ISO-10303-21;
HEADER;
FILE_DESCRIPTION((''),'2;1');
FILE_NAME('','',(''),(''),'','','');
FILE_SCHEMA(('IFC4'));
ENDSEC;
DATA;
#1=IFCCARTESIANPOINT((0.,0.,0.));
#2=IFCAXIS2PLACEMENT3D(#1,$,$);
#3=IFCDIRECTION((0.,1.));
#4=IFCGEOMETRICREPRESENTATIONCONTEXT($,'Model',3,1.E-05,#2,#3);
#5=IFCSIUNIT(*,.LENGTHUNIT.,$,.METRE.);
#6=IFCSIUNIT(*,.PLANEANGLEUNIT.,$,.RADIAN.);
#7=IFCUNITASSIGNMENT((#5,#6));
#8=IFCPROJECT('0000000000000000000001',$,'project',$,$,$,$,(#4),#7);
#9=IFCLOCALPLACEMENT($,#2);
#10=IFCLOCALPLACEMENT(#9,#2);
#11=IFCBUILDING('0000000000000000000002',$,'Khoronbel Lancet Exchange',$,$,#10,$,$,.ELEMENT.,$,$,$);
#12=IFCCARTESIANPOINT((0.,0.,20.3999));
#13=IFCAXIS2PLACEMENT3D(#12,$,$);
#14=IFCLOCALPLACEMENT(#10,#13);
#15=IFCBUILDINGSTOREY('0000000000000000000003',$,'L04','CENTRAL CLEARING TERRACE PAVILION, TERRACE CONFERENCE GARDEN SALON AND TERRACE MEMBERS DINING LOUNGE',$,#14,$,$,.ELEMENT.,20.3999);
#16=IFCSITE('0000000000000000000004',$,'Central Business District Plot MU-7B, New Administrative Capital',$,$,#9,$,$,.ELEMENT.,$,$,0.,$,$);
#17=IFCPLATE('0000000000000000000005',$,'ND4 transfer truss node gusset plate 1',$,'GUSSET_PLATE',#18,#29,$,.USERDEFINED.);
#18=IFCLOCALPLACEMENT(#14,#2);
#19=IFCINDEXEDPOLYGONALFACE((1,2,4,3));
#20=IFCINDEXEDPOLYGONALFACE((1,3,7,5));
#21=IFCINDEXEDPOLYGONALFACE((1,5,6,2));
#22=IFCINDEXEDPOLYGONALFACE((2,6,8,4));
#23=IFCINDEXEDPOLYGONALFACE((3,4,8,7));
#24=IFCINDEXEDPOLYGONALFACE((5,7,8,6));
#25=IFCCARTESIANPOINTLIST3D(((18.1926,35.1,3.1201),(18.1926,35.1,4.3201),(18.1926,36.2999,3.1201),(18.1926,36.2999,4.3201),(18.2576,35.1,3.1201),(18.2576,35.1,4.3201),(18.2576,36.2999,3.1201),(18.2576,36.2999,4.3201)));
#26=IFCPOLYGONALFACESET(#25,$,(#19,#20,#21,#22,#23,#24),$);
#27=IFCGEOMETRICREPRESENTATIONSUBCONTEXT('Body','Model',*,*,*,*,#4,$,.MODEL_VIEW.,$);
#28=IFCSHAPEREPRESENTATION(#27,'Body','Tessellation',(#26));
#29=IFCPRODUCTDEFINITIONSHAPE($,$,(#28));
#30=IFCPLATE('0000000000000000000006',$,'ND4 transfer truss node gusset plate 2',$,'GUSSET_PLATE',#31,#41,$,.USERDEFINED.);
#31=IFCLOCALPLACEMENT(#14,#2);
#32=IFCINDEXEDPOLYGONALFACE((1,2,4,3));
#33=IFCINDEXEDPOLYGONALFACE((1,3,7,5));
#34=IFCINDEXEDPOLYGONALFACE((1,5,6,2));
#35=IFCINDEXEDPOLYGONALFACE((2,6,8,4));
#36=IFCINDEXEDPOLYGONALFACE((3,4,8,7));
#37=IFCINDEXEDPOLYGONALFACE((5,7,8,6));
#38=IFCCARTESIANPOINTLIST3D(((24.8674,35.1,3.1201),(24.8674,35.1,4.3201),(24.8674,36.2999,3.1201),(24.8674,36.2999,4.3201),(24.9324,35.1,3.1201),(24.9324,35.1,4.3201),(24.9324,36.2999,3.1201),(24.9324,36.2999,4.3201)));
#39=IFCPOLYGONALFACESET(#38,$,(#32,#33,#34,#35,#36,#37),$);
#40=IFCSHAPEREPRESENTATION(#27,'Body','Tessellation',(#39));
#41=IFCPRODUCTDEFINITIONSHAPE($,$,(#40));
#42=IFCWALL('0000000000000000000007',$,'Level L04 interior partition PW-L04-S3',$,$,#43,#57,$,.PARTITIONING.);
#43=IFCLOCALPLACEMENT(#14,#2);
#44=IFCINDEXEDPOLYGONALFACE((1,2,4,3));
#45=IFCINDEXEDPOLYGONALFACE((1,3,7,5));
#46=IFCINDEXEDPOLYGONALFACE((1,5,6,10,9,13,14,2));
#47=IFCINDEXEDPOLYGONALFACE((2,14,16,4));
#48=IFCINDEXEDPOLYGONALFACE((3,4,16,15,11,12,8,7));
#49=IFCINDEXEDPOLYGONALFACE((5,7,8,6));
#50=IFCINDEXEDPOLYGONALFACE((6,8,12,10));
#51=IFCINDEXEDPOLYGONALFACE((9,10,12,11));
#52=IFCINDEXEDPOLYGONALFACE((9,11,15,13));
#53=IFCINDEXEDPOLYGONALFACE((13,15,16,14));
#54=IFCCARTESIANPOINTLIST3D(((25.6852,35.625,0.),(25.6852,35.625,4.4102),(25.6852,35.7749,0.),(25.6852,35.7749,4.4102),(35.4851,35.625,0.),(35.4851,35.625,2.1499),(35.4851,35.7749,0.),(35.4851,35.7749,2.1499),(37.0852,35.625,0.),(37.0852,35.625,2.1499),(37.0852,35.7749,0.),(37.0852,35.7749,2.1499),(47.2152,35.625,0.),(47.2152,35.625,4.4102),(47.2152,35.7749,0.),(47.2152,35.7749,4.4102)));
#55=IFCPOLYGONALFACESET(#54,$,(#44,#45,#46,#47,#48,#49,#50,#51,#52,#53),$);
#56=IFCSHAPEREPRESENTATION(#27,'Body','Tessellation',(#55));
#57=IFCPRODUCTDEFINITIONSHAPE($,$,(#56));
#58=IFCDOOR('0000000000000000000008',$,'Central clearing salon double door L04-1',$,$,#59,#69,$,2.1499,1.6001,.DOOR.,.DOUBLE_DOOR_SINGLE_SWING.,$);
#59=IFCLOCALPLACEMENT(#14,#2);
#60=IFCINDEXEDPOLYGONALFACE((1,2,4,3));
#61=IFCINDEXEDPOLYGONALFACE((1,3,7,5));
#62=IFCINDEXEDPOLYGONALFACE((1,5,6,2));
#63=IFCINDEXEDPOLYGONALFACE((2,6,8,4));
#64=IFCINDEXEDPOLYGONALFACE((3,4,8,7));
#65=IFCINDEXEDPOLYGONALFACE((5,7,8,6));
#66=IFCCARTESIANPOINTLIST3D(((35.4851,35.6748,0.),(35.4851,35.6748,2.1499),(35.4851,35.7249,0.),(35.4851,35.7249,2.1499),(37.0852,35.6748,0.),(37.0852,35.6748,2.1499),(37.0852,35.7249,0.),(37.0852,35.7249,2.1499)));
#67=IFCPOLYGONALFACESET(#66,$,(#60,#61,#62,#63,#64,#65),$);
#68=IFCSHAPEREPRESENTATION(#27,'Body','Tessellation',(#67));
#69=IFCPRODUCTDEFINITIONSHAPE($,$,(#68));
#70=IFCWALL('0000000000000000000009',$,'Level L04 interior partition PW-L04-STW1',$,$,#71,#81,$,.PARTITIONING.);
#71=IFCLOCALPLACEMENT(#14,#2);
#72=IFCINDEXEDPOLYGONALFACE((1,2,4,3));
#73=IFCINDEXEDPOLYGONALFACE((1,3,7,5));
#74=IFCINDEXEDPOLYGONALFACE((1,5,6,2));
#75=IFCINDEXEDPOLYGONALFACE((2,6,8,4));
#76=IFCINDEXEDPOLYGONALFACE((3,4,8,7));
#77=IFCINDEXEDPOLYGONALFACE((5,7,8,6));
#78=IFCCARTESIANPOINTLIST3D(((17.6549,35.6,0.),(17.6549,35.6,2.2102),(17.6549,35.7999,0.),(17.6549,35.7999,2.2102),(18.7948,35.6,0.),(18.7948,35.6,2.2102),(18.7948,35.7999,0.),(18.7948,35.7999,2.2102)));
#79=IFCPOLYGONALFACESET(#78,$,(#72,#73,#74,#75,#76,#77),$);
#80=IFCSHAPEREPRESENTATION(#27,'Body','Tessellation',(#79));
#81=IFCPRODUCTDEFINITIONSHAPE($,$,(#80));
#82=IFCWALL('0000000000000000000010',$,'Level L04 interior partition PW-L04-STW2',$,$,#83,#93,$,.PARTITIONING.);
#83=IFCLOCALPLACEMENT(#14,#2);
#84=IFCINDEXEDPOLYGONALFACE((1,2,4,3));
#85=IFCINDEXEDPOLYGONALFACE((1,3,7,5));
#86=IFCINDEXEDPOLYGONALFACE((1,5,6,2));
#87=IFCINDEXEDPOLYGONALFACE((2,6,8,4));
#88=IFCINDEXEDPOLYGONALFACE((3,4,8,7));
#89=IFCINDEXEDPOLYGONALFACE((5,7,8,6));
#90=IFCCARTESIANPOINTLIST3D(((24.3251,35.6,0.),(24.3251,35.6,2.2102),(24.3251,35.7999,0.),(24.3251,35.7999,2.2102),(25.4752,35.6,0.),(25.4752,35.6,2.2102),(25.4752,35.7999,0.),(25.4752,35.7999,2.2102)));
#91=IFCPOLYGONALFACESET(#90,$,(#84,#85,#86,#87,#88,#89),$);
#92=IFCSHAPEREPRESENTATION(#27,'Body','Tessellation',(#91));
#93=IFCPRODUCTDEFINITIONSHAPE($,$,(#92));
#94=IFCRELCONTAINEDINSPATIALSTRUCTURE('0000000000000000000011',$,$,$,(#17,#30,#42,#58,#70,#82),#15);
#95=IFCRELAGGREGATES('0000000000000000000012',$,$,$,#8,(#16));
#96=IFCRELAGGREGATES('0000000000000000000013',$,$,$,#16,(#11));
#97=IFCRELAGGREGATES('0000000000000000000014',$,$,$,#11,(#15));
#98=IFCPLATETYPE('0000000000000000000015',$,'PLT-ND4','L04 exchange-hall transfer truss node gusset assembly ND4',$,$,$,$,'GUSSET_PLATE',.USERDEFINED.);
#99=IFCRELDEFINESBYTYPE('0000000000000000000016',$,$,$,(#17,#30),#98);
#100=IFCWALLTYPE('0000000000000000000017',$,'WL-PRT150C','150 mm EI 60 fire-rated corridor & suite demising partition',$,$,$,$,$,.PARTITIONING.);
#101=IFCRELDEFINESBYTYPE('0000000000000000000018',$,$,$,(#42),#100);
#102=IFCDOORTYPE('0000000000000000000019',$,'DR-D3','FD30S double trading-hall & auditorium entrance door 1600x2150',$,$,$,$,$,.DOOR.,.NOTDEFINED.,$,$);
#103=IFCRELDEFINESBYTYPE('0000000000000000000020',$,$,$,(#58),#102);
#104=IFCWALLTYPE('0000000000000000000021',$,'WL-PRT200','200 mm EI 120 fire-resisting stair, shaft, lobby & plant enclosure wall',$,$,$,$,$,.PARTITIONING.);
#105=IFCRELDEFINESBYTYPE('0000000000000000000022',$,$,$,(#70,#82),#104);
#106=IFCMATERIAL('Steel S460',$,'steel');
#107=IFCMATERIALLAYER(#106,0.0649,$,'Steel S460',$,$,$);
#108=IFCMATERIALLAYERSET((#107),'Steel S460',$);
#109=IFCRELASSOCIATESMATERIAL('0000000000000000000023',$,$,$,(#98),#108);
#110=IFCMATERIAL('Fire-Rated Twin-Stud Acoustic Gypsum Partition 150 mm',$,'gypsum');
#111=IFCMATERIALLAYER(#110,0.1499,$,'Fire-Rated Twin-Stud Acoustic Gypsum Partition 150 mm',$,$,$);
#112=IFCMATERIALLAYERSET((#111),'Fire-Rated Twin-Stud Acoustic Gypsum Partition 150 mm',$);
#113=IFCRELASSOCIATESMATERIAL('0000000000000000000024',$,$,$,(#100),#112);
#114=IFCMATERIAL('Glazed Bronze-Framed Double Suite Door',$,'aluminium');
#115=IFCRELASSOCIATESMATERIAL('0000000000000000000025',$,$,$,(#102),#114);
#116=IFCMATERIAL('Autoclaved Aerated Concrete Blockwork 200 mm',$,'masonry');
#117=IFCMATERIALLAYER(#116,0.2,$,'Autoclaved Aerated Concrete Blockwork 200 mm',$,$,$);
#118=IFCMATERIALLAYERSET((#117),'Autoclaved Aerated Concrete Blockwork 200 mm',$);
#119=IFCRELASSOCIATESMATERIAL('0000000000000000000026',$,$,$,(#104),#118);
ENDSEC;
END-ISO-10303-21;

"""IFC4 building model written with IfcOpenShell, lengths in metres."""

from ifc_helpers import new_model, si_unit, direction, frame, frame_2d, origin, origin_2d, place, context, subcontext, project, spatial, rectangle, extrude, material, layer, layer_set, type_object, element, fill, save


model = new_model("IFC4")

# Units and contexts
model_context = context("Model", 3, precision=1e-05, world=origin(), true_north=direction((0.0, 1.0)))
body_context = subcontext(model_context, "Body", "Model", "MODEL_VIEW")
ifc_project = project(units=[si_unit("LENGTHUNIT", "METRE"), si_unit("PLANEANGLEUNIT", "RADIAN")], contexts=[model_context])

# Site, building, storey
site_placement = place(None, origin())
site = spatial("IfcSite", under=ifc_project, at=site_placement, Name="Central Business District Plot MU-7B, New Administrative Capital", CompositionType="ELEMENT", RefElevation=0.0)
building_placement = place(site_placement, origin())
building = spatial("IfcBuilding", under=site, at=building_placement, Name="Khoronbel Lancet Exchange", CompositionType="ELEMENT")
storey_placement = place(building_placement, frame((0.0, 0.0, 20.3999)))
storey = spatial("IfcBuildingStorey", under=building, at=storey_placement, Name="L04", Description="CENTRAL CLEARING TERRACE PAVILION, TERRACE CONFERENCE GARDEN SALON AND TERRACE MEMBERS DINING LOUNGE", CompositionType="ELEMENT", Elevation=20.3999)

# Shared definitions
ifc_material_1 = material(Name="Steel S460", Category="steel")

# Plates
ifc_layer_1 = layer(ifc_material_1, 0.0649, Name="Steel S460")
ifc_layer_set_1 = layer_set([ifc_layer_1], Name="Steel S460")
plate_type_1 = type_object("IfcPlateType", Name="PLT-ND4", Description="L04 exchange-hall transfer truss node gusset assembly ND4", ElementType="GUSSET_PLATE", PredefinedType="USERDEFINED", material=ifc_layer_set_1)
for number, where, z_axis, x_axis, name in (
    (1, (18.2251, 35.7, 3.1201), (0.0, 0.0, 1.0), (1.0, 0.0, 0.0), "ND4 transfer truss node gusset plate 1"),
    (2, (24.8999, 35.7, 3.1201), (0.0, 0.0, 1.0), (1.0, 0.0, 0.0), "ND4 transfer truss node gusset plate 2"),
):
    element("IfcPlate", number, at=place(storey_placement, frame(where, z_axis=z_axis, x_axis=x_axis)), inside=storey, type_object=plate_type_1, Name=name, ObjectType="GUSSET_PLATE", PredefinedType="USERDEFINED", context=body_context, shape_type="SweptSolid", body=[
        extrude(rectangle(XDim=0.0649, YDim=1.2, at=origin_2d()), origin(), (0.0, 0.0, 1.0), 1.2),
    ])

# Wall, opening, door
ifc_material_2 = material(Name="Fire-Rated Twin-Stud Acoustic Gypsum Partition 150 mm", Category="gypsum")
ifc_layer_2 = layer(ifc_material_2, 0.1499, Name="Fire-Rated Twin-Stud Acoustic Gypsum Partition 150 mm")
ifc_layer_set_2 = layer_set([ifc_layer_2], Name="Fire-Rated Twin-Stud Acoustic Gypsum Partition 150 mm")
wall_type_1 = type_object("IfcWallType", Name="WL-PRT150C", Description="150 mm EI 60 fire-rated corridor & suite demising partition", PredefinedType="PARTITIONING", material=ifc_layer_set_2)
ifc_material_3 = material(Name="Glazed Bronze-Framed Double Suite Door", Category="aluminium")
door_type = type_object("IfcDoorType", Name="DR-D3", Description="FD30S double trading-hall & auditorium entrance door 1600x2150", OperationType="NOTDEFINED", PredefinedType="DOOR", material=ifc_material_3)
wall_1_placement = place(storey_placement, frame((25.6851, 35.7, 0.0), z_axis=(0.0, 0.0, 1.0), x_axis=(1.0, 0.0, 0.0)))
wall_1 = element("IfcWall", 3, at=wall_1_placement, inside=storey, type_object=wall_type_1, Name="Level L04 interior partition PW-L04-S3", PredefinedType="PARTITIONING", context=body_context, shape_type="SweptSolid", body=[
    extrude(rectangle(XDim=21.53, YDim=0.1499, at=frame_2d((10.7651, 0.0))), origin(), (0.0, 0.0, 1.0), 4.4102),
])
opening_1_placement = place(wall_1_placement, frame((9.8, 0.0, 0.0)))
opening_1 = element("IfcOpeningElement", 4, at=opening_1_placement, cuts=wall_1, PredefinedType="OPENING", context=body_context, shape_type="SweptSolid", body=[
    extrude(rectangle(XDim=1.6001, YDim=2.1499, at=frame_2d((0.8, 1.075))), frame((0.0, 0.085, 0.0), z_axis=(0.0, -1.0, 0.0), x_axis=(1.0, 0.0, 0.0)), (0.0, 0.0, 1.0), 0.1699),
])
door_1_placement = place(opening_1_placement, origin())
door_1 = element("IfcDoor", 5, at=door_1_placement, inside=storey, type_object=door_type, Name="Central clearing salon double door L04-1", OperationType="DOUBLE_DOOR_SINGLE_SWING", OverallHeight=2.1499, OverallWidth=1.6001, PredefinedType="DOOR", context=body_context, shape_type="SweptSolid", body=[
    extrude(rectangle(XDim=1.6001, YDim=2.1499, at=frame_2d((0.8, 1.075))), frame((0.0, 0.0249, 0.0), z_axis=(0.0, -1.0, 0.0), x_axis=(1.0, 0.0, 0.0)), (0.0, 0.0, 1.0), 0.05),
])
fill(opening_1, door_1)

# Walls
ifc_material_4 = material(Name="Autoclaved Aerated Concrete Blockwork 200 mm", Category="masonry")
ifc_layer_3 = layer(ifc_material_4, 0.2, Name="Autoclaved Aerated Concrete Blockwork 200 mm")
ifc_layer_set_3 = layer_set([ifc_layer_3], Name="Autoclaved Aerated Concrete Blockwork 200 mm")
wall_type_2 = type_object("IfcWallType", Name="WL-PRT200", Description="200 mm EI 120 fire-resisting stair, shaft, lobby & plant enclosure wall", PredefinedType="PARTITIONING", material=ifc_layer_set_3)
wall_2_placement = place(storey_placement, frame((17.655, 35.7, 0.0), z_axis=(0.0, 0.0, 1.0), x_axis=(1.0, 0.0, 0.0)))
element("IfcWall", 6, at=wall_2_placement, inside=storey, type_object=wall_type_2, Name="Level L04 interior partition PW-L04-STW1", PredefinedType="PARTITIONING", context=body_context, shape_type="SweptSolid", body=[
    extrude(rectangle(XDim=1.1399, YDim=0.2, at=frame_2d((0.5698, 0.0))), origin(), (0.0, 0.0, 1.0), 2.2102),
])
wall_3_placement = place(storey_placement, frame((24.325, 35.7, 0.0), z_axis=(0.0, 0.0, 1.0), x_axis=(1.0, 0.0, 0.0)))
element("IfcWall", 7, at=wall_3_placement, inside=storey, type_object=wall_type_2, Name="Level L04 interior partition PW-L04-STW2", PredefinedType="PARTITIONING", context=body_context, shape_type="SweptSolid", body=[
    extrude(rectangle(XDim=1.1501, YDim=0.2, at=frame_2d((0.5752, 0.0))), origin(), (0.0, 0.0, 1.0), 2.2102),
])

save(model, "model.ifc")
